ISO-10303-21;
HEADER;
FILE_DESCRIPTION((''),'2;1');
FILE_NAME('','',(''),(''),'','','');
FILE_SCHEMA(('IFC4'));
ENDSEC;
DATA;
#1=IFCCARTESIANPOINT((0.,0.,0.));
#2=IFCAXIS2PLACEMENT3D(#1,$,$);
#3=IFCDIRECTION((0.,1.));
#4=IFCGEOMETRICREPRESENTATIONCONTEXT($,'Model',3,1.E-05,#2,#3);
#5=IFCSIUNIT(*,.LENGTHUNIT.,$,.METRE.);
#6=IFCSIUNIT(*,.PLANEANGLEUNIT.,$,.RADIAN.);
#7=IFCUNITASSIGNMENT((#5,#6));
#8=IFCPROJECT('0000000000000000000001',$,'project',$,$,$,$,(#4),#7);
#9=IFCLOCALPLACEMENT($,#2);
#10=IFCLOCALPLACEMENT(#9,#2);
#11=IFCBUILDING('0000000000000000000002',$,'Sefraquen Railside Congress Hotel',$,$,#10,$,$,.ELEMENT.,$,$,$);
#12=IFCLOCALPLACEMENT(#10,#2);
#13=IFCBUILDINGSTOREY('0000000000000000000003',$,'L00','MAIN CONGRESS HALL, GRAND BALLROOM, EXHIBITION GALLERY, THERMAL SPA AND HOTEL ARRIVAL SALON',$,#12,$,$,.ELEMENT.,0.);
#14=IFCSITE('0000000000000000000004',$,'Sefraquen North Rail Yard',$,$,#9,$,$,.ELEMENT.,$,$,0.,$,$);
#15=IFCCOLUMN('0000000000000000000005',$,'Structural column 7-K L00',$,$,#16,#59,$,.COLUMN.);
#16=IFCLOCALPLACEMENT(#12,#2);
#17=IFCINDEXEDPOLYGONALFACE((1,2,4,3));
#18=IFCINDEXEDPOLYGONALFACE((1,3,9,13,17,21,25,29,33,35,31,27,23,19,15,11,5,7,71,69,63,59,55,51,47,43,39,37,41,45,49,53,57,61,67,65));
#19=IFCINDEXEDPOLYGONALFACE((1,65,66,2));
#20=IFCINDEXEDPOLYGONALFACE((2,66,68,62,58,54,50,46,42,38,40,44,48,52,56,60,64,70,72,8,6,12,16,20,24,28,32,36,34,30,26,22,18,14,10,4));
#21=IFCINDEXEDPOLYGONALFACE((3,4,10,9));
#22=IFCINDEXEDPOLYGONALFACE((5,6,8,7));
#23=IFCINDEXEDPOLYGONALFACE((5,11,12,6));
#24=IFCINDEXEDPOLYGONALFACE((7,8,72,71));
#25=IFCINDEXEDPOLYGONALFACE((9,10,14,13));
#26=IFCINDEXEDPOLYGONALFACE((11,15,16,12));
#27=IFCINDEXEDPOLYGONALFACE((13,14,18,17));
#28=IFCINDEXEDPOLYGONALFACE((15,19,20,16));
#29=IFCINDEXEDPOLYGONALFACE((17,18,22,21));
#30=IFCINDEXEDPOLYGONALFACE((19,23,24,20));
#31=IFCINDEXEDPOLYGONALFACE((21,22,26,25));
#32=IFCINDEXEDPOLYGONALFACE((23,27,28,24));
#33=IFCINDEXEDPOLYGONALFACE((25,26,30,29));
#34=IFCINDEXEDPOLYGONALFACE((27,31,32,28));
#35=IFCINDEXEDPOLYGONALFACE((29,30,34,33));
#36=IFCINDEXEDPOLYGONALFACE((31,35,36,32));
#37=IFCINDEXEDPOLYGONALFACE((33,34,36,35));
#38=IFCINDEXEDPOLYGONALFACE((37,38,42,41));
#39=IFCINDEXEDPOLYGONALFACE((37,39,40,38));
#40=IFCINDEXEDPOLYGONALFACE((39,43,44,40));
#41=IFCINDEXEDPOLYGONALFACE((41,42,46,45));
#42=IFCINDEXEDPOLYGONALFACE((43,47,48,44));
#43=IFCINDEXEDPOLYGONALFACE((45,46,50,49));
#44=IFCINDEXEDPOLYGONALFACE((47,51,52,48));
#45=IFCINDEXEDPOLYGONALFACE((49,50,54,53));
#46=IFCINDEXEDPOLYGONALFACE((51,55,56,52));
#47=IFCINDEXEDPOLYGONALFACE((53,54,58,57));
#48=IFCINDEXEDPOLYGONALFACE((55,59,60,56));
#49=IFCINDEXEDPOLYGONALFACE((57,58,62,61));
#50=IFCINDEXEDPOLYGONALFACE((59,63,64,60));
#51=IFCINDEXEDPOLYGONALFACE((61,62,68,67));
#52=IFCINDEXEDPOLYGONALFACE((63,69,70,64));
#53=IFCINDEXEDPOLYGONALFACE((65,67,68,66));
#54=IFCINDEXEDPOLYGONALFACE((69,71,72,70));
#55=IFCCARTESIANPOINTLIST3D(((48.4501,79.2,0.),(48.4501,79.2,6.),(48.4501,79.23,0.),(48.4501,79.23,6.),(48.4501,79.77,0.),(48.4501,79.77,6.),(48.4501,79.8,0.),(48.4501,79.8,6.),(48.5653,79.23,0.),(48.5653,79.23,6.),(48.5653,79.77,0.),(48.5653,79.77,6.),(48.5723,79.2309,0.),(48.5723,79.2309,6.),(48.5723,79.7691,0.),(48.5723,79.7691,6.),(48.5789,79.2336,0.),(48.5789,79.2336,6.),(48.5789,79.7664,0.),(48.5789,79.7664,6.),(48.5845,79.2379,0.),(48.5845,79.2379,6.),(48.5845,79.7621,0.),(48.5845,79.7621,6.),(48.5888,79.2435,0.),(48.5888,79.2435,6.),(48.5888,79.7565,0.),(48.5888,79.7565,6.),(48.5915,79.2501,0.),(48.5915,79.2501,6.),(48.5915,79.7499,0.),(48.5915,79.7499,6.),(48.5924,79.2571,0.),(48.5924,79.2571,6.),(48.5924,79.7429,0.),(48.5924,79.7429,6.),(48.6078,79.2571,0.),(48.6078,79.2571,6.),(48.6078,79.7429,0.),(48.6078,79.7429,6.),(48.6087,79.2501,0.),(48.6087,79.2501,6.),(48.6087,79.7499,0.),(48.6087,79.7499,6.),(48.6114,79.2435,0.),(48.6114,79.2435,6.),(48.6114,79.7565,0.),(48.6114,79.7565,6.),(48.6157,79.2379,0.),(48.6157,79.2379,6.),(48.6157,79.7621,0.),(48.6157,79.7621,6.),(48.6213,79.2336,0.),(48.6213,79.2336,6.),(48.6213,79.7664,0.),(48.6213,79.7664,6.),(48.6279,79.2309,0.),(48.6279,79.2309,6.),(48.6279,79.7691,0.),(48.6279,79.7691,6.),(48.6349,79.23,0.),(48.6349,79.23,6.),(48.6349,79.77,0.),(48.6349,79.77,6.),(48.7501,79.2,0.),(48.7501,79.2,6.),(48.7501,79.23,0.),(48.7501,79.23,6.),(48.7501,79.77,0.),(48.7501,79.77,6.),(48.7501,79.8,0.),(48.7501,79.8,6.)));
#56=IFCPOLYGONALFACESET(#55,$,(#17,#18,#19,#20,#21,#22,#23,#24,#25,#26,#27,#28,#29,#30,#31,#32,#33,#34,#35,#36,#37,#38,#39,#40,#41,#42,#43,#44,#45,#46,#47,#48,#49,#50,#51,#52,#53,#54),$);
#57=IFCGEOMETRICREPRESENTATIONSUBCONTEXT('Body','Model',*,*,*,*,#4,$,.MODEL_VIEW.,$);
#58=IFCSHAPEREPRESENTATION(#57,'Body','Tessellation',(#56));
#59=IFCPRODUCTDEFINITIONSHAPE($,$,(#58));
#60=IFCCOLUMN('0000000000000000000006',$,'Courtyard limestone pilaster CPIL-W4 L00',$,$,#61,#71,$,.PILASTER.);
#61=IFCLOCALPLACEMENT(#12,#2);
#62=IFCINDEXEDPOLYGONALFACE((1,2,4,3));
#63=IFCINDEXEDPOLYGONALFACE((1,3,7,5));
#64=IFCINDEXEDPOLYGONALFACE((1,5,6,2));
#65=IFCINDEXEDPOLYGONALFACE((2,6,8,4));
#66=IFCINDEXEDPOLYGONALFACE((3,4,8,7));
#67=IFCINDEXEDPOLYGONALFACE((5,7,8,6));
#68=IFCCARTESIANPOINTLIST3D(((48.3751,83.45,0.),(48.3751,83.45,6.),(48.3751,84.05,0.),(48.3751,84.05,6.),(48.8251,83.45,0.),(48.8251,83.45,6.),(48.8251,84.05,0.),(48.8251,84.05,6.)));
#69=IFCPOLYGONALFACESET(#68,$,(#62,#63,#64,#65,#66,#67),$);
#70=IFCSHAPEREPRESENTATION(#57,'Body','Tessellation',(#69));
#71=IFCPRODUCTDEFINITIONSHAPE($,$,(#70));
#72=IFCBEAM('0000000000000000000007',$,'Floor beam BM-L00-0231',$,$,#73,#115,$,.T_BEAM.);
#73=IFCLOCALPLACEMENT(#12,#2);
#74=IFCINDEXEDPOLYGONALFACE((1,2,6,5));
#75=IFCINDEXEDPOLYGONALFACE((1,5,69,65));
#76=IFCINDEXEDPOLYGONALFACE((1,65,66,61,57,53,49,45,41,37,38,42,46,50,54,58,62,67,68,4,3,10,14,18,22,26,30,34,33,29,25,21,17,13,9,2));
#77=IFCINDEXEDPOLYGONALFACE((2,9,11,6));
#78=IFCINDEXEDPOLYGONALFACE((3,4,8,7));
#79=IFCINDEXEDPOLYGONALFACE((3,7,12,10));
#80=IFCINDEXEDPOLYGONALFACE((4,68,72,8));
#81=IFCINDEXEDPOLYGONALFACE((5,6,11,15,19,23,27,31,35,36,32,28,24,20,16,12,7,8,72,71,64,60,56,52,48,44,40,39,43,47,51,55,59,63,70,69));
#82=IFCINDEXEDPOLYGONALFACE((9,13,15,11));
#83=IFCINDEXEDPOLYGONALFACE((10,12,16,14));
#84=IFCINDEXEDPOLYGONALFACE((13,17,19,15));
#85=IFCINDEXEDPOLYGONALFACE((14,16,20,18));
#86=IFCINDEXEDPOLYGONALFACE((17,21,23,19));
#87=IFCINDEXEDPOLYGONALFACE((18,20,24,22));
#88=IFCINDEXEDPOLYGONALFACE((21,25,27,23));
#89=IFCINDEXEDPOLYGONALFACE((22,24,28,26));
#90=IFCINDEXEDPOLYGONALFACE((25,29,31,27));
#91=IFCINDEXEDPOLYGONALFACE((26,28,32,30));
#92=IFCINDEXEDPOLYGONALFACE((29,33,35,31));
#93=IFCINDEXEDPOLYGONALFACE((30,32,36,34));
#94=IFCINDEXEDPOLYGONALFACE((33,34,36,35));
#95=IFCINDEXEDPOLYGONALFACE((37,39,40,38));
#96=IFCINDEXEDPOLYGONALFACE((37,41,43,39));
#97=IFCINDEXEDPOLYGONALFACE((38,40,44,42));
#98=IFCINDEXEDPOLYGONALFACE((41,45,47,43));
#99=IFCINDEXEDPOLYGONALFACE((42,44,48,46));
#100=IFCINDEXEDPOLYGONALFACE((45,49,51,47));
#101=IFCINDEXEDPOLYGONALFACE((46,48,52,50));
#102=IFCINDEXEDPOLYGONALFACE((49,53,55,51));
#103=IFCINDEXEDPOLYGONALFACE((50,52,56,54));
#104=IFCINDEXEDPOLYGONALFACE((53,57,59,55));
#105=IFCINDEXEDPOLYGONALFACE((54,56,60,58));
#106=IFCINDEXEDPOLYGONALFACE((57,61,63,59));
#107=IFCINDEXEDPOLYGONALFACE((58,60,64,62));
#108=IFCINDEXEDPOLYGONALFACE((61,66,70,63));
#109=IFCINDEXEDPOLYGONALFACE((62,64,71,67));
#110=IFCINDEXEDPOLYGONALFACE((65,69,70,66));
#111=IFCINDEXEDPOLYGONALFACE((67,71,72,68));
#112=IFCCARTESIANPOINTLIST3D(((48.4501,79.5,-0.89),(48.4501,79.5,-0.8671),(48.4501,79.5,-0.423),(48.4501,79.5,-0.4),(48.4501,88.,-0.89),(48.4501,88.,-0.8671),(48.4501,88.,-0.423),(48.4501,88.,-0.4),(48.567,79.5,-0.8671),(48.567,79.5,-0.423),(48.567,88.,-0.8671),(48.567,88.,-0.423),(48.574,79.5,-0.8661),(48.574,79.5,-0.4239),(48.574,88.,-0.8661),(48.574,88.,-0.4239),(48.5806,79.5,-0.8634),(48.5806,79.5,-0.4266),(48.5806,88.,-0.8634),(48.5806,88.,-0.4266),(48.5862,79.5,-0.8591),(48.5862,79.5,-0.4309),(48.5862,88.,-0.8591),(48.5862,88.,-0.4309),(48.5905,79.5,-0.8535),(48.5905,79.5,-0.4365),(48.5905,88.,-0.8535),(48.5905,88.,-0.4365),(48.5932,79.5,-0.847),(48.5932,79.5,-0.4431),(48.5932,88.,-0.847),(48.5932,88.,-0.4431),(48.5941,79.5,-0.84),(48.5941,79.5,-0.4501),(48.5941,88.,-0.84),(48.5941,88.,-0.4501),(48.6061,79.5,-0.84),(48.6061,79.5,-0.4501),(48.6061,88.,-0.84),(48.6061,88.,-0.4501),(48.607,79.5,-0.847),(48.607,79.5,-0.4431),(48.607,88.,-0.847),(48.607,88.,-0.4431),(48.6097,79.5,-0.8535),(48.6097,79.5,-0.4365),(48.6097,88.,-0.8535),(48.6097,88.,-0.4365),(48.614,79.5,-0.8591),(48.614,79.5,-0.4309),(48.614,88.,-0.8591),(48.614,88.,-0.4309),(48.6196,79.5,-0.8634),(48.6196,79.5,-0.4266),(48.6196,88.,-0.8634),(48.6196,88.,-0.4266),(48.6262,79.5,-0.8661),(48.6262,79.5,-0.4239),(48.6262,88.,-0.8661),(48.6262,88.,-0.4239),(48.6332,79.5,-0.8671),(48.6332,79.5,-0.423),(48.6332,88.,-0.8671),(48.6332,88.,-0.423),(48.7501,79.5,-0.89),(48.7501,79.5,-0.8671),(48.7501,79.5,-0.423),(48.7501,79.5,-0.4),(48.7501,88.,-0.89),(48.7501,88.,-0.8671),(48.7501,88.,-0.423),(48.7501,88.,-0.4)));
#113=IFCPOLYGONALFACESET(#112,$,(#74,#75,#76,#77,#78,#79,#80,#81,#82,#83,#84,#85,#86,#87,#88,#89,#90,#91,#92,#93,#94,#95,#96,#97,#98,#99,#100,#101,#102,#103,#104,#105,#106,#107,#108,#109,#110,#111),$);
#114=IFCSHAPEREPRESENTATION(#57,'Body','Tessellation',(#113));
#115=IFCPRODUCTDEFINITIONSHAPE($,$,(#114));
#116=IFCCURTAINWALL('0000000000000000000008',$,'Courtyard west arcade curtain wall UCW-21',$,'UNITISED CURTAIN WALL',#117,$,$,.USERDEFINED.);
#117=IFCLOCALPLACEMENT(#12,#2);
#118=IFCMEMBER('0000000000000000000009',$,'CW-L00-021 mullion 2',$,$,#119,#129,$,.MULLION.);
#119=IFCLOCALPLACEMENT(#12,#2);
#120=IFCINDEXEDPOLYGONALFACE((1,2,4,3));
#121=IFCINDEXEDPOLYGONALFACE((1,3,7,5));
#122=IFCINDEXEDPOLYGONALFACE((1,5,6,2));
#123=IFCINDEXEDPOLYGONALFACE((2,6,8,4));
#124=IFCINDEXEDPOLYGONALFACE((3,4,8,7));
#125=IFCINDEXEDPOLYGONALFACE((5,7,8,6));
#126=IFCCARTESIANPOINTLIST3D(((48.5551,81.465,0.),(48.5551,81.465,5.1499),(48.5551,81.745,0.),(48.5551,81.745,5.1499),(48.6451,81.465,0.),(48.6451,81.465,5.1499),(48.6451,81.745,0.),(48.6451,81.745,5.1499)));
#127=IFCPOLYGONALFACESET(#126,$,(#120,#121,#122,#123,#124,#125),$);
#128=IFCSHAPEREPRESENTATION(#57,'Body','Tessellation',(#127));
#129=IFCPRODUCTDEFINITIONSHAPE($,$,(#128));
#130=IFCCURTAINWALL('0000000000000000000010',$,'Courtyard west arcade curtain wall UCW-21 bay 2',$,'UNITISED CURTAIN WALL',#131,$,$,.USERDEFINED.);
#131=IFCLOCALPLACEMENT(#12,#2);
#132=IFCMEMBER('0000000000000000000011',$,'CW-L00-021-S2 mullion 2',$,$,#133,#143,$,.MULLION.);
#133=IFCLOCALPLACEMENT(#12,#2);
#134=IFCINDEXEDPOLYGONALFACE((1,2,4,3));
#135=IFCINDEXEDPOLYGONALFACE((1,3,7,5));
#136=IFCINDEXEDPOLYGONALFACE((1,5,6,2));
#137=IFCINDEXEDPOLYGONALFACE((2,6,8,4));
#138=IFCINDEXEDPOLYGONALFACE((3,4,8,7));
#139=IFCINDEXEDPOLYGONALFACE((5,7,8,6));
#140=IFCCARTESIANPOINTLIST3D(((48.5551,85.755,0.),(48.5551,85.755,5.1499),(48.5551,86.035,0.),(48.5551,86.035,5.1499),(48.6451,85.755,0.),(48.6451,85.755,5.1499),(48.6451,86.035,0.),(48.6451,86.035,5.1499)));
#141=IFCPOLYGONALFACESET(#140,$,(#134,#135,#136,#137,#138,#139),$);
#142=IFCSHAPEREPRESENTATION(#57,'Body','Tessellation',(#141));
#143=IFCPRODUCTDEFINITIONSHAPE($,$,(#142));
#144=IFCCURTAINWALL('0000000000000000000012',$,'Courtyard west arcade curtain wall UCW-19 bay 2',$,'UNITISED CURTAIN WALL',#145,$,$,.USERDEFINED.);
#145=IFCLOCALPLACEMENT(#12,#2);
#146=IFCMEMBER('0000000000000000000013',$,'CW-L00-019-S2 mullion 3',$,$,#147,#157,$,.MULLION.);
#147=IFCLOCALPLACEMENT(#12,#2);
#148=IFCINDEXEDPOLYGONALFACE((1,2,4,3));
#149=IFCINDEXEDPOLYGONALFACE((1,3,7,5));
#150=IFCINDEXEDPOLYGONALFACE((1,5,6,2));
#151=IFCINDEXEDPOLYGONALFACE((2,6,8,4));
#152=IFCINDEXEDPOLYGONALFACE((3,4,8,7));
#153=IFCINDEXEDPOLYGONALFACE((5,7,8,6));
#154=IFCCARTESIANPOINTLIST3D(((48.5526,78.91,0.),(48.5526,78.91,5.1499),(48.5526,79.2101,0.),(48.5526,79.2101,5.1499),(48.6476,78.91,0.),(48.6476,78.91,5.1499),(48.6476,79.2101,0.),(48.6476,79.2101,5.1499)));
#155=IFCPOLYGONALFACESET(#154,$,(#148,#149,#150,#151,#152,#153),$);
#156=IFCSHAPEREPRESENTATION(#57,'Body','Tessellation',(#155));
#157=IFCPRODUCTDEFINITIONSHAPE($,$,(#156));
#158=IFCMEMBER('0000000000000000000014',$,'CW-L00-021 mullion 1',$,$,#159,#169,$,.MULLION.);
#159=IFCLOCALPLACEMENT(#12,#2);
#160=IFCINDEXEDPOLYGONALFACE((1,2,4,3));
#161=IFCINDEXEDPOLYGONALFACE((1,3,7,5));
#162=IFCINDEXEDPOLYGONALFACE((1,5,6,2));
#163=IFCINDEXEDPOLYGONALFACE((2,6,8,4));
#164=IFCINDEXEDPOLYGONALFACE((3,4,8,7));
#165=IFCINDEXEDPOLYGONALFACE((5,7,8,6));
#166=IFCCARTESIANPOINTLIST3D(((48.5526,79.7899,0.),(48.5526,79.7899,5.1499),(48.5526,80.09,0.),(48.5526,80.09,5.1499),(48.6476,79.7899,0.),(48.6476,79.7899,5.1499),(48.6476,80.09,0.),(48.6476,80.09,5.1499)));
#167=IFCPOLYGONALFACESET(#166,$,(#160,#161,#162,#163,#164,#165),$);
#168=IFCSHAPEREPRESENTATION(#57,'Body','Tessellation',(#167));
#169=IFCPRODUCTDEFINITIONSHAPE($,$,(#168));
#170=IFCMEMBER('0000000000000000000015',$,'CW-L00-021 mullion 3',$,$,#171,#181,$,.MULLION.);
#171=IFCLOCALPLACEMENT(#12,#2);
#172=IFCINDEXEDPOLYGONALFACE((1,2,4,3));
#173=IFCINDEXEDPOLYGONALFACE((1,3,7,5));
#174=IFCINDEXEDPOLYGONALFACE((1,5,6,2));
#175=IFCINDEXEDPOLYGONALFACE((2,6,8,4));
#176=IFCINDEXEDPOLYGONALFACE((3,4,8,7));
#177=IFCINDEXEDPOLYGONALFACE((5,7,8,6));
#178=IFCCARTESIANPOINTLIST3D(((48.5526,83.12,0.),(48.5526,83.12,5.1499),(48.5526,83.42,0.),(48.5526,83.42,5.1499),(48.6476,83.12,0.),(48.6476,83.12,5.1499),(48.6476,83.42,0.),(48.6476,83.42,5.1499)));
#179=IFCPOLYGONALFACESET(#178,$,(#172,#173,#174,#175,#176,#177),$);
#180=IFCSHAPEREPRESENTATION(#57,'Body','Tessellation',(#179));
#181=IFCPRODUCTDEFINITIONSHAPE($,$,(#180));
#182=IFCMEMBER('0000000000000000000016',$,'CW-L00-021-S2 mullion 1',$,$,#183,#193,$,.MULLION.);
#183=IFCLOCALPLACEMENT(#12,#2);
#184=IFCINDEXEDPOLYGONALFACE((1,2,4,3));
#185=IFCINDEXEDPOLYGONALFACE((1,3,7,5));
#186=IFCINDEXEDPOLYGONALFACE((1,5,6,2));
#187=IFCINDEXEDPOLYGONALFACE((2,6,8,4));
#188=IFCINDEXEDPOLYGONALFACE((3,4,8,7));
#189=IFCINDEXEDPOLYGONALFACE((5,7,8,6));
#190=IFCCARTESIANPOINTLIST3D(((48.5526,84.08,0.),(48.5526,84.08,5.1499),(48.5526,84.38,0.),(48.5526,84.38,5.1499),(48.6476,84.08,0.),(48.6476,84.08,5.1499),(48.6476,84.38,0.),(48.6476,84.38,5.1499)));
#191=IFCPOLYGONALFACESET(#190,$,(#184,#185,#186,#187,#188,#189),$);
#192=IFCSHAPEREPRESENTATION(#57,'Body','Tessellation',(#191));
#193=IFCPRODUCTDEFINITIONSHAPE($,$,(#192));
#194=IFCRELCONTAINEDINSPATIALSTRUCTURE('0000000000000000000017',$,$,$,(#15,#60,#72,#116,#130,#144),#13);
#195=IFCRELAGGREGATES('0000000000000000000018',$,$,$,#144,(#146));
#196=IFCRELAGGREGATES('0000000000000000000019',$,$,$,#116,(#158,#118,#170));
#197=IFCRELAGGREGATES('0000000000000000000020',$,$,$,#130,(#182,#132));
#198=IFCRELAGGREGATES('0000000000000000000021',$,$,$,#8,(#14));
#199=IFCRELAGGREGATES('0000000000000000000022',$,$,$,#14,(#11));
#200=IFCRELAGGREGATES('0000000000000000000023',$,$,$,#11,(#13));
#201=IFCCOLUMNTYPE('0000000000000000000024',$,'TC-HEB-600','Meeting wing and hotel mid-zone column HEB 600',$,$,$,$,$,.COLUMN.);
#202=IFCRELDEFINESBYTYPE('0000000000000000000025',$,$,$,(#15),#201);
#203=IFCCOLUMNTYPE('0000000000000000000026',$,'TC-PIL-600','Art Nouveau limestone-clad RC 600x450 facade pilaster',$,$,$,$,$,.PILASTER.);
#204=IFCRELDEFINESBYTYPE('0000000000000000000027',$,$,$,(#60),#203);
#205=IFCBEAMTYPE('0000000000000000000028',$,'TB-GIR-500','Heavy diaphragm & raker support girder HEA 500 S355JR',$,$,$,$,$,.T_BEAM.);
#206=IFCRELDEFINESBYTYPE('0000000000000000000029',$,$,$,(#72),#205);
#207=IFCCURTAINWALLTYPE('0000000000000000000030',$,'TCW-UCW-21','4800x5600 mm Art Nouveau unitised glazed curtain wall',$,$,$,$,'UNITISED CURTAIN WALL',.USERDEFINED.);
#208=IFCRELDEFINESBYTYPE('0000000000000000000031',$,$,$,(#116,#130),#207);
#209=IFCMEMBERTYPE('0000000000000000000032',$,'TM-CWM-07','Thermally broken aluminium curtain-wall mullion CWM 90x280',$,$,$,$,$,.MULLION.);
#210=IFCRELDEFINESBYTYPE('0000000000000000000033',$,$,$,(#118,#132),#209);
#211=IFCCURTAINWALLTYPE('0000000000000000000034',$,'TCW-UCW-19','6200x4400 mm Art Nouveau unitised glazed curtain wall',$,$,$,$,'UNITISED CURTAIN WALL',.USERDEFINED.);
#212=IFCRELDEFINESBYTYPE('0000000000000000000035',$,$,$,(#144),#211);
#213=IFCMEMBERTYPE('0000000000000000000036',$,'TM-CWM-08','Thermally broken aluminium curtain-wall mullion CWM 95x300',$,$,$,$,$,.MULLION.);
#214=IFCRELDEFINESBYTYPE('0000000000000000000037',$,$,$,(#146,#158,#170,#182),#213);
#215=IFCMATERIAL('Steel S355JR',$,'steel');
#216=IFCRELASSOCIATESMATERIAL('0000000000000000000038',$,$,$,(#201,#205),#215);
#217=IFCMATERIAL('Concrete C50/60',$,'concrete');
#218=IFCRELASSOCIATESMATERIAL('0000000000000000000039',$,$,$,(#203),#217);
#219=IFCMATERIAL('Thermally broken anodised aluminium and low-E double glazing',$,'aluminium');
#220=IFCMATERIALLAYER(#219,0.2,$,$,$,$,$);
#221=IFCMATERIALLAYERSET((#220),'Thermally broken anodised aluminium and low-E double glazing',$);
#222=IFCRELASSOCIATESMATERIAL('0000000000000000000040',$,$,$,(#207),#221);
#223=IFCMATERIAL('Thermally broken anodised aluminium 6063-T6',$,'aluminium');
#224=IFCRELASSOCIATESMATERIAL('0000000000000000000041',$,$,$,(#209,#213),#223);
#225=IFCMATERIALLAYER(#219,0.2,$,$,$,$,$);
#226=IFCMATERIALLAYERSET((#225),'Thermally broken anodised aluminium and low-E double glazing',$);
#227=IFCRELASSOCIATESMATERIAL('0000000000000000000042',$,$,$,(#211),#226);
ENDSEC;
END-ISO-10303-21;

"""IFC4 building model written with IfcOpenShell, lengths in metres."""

from ifc_helpers import new_model, si_unit, direction, frame, origin, origin_2d, place, context, subcontext, project, spatial, rectangle, i_section, extrude, material, layer, layer_set, material_profile, profile_set, type_object, element, aggregate, save


model = new_model("IFC4")

# Units and contexts
model_context = context("Model", 3, precision=1e-05, world=origin(), true_north=direction((0.0, 1.0)))
body_context = subcontext(model_context, "Body", "Model", "MODEL_VIEW")
ifc_project = project(units=[si_unit("LENGTHUNIT", "METRE"), si_unit("PLANEANGLEUNIT", "RADIAN")], contexts=[model_context])

# Site, building, storey
site_placement = place(None, origin())
site = spatial("IfcSite", under=ifc_project, at=site_placement, Name="Sefraquen North Rail Yard", CompositionType="ELEMENT", RefElevation=0.0)
building_placement = place(site_placement, origin())
building = spatial("IfcBuilding", under=site, at=building_placement, Name="Sefraquen Railside Congress Hotel", CompositionType="ELEMENT")
storey_placement = place(building_placement, origin())
storey = spatial("IfcBuildingStorey", under=building, at=storey_placement, Name="L00", Description="MAIN CONGRESS HALL, GRAND BALLROOM, EXHIBITION GALLERY, THERMAL SPA AND HOTEL ARRIVAL SALON", CompositionType="ELEMENT", Elevation=0.0)

# Columns
ifc_material_1 = material(Name="Steel S355JR", Category="steel")
ifc_material_profile_1 = material_profile(ifc_material_1, i_section(OverallWidth=0.3, OverallDepth=0.6001, WebThickness=0.0154, FlangeThickness=0.03, FilletRadius=0.0271, at=origin_2d()), Name="HEB 600")
ifc_profile_set_1 = profile_set([ifc_material_profile_1], Name="Steel S355JR")
column_type_1 = type_object("IfcColumnType", Name="TC-HEB-600", Description="Meeting wing and hotel mid-zone column HEB 600", PredefinedType="COLUMN", material=ifc_profile_set_1)
column_1_placement = place(storey_placement, frame((48.6001, 79.5, 0.0), z_axis=(0.0, 0.0, 1.0), x_axis=(1.0, 0.0, 0.0)))
element("IfcColumn", 1, at=column_1_placement, inside=storey, type_object=column_type_1, Name="Structural column 7-K L00", PredefinedType="COLUMN", context=body_context, shape_type="SweptSolid", body=[
    extrude(i_section(OverallWidth=0.3, OverallDepth=0.6001, WebThickness=0.0154, FlangeThickness=0.03, FilletRadius=0.0271, at=origin_2d()), origin(), (0.0, 0.0, 1.0), 6.0),
])
ifc_material_2 = material(Name="Concrete C50/60", Category="concrete")
ifc_material_profile_2 = material_profile(ifc_material_2, rectangle(XDim=0.45, YDim=0.6001, at=origin_2d()), Name="RC 600x450")
ifc_profile_set_2 = profile_set([ifc_material_profile_2], Name="Concrete C50/60")
column_type_2 = type_object("IfcColumnType", Name="TC-PIL-600", Description="Art Nouveau limestone-clad RC 600x450 facade pilaster", PredefinedType="PILASTER", material=ifc_profile_set_2)
column_2_placement = place(storey_placement, frame((48.6001, 83.75, 0.0), z_axis=(0.0, 0.0, 1.0), x_axis=(1.0, 0.0, 0.0)))
element("IfcColumn", 2, at=column_2_placement, inside=storey, type_object=column_type_2, Name="Courtyard limestone pilaster CPIL-W4 L00", PredefinedType="PILASTER", context=body_context, shape_type="SweptSolid", body=[
    extrude(rectangle(XDim=0.45, YDim=0.6001, at=origin_2d()), origin(), (0.0, 0.0, 1.0), 6.0),
])

# Beam
ifc_material_profile_3 = material_profile(ifc_material_1, i_section(OverallWidth=0.3, OverallDepth=0.49, WebThickness=0.012, FlangeThickness=0.0229, FilletRadius=0.0271, at=origin_2d()), Name="HEA 500")
ifc_profile_set_3 = profile_set([ifc_material_profile_3], Name="Steel S355JR")
beam_type = type_object("IfcBeamType", Name="TB-GIR-500", Description="Heavy diaphragm & raker support girder HEA 500 S355JR", PredefinedType="T_BEAM", material=ifc_profile_set_3)
beam_placement = place(storey_placement, frame((48.6001, 79.5, -0.645), z_axis=(0.0, 1.0, 0.0), x_axis=(-1.0, 0.0, 0.0)))
element("IfcBeam", 3, at=beam_placement, inside=storey, type_object=beam_type, Name="Floor beam BM-L00-0231", PredefinedType="T_BEAM", context=body_context, shape_type="SweptSolid", body=[
    extrude(i_section(OverallWidth=0.3, OverallDepth=0.49, WebThickness=0.012, FlangeThickness=0.0229, FilletRadius=0.0271, at=origin_2d()), origin(), (0.0, 0.0, 1.0), 8.5),
])

# Curtain walls, members
ifc_material_3 = material(Name="Thermally broken anodised aluminium and low-E double glazing", Category="aluminium")
ifc_layer_1 = layer(ifc_material_3, 0.2)
ifc_layer_set_1 = layer_set([ifc_layer_1], Name="Thermally broken anodised aluminium and low-E double glazing")
curtain_wall_type_1 = type_object("IfcCurtainWallType", Name="TCW-UCW-21", Description="4800x5600 mm Art Nouveau unitised glazed curtain wall", ElementType="UNITISED CURTAIN WALL", PredefinedType="USERDEFINED", material=ifc_layer_set_1)
curtain_wall_1_placement = place(storey_placement, origin())
curtain_wall_1 = element("IfcCurtainWall", 4, at=curtain_wall_1_placement, inside=storey, type_object=curtain_wall_type_1, Name="Courtyard west arcade curtain wall UCW-21", ObjectType="UNITISED CURTAIN WALL", PredefinedType="USERDEFINED")
ifc_material_4 = material(Name="Thermally broken anodised aluminium 6063-T6", Category="aluminium")
ifc_material_profile_4 = material_profile(ifc_material_4, rectangle(XDim=0.0901, YDim=0.28, at=origin_2d()), Name="CWM 90x280")
ifc_profile_set_4 = profile_set([ifc_material_profile_4], Name="Thermally broken anodised aluminium 6063-T6")
member_type_1 = type_object("IfcMemberType", Name="TM-CWM-07", Description="Thermally broken aluminium curtain-wall mullion CWM 90x280", PredefinedType="MULLION", material=ifc_profile_set_4)
member_1_placement = place(storey_placement, frame((48.6001, 81.605, 0.0), z_axis=(0.0, 0.0, 1.0), x_axis=(1.0, 0.0, 0.0)))
member_1 = element("IfcMember", 5, at=member_1_placement, type_object=member_type_1, Name="CW-L00-021 mullion 2", PredefinedType="MULLION", context=body_context, shape_type="SweptSolid", body=[
    extrude(rectangle(XDim=0.0901, YDim=0.28, at=origin_2d()), origin(), (0.0, 0.0, 1.0), 5.1499),
])
curtain_wall_2_placement = place(storey_placement, origin())
curtain_wall_2 = element("IfcCurtainWall", 6, at=curtain_wall_2_placement, inside=storey, type_object=curtain_wall_type_1, Name="Courtyard west arcade curtain wall UCW-21 bay 2", ObjectType="UNITISED CURTAIN WALL", PredefinedType="USERDEFINED")
member_2_placement = place(storey_placement, frame((48.6001, 85.895, 0.0), z_axis=(0.0, 0.0, 1.0), x_axis=(1.0, 0.0, 0.0)))
member_2 = element("IfcMember", 7, at=member_2_placement, type_object=member_type_1, Name="CW-L00-021-S2 mullion 2", PredefinedType="MULLION", context=body_context, shape_type="SweptSolid", body=[
    extrude(rectangle(XDim=0.0901, YDim=0.28, at=origin_2d()), origin(), (0.0, 0.0, 1.0), 5.1499),
])
ifc_layer_2 = layer(ifc_material_3, 0.2)
ifc_layer_set_2 = layer_set([ifc_layer_2], Name="Thermally broken anodised aluminium and low-E double glazing")
curtain_wall_type_2 = type_object("IfcCurtainWallType", Name="TCW-UCW-19", Description="6200x4400 mm Art Nouveau unitised glazed curtain wall", ElementType="UNITISED CURTAIN WALL", PredefinedType="USERDEFINED", material=ifc_layer_set_2)
curtain_wall_3_placement = place(storey_placement, origin())
curtain_wall_3 = element("IfcCurtainWall", 8, at=curtain_wall_3_placement, inside=storey, type_object=curtain_wall_type_2, Name="Courtyard west arcade curtain wall UCW-19 bay 2", ObjectType="UNITISED CURTAIN WALL", PredefinedType="USERDEFINED")
ifc_material_profile_5 = material_profile(ifc_material_4, rectangle(XDim=0.095, YDim=0.3, at=origin_2d()), Name="CWM 95x300")
ifc_profile_set_5 = profile_set([ifc_material_profile_5], Name="Thermally broken anodised aluminium 6063-T6")
member_type_2 = type_object("IfcMemberType", Name="TM-CWM-08", Description="Thermally broken aluminium curtain-wall mullion CWM 95x300", PredefinedType="MULLION", material=ifc_profile_set_5)
member_3_placement = place(storey_placement, frame((48.6001, 79.0601, 0.0), z_axis=(0.0, 0.0, 1.0), x_axis=(1.0, 0.0, 0.0)))
member_3 = element("IfcMember", 9, at=member_3_placement, type_object=member_type_2, Name="CW-L00-019-S2 mullion 3", PredefinedType="MULLION", context=body_context, shape_type="SweptSolid", body=[
    extrude(rectangle(XDim=0.095, YDim=0.3, at=origin_2d()), origin(), (0.0, 0.0, 1.0), 5.1499),
])

# Members
member_4_placement = place(storey_placement, frame((48.6001, 79.9399, 0.0), z_axis=(0.0, 0.0, 1.0), x_axis=(1.0, 0.0, 0.0)))
member_4 = element("IfcMember", 10, at=member_4_placement, type_object=member_type_2, Name="CW-L00-021 mullion 1", PredefinedType="MULLION", context=body_context, shape_type="SweptSolid", body=[
    extrude(rectangle(XDim=0.095, YDim=0.3, at=origin_2d()), origin(), (0.0, 0.0, 1.0), 5.1499),
])
member_5_placement = place(storey_placement, frame((48.6001, 83.27, 0.0), z_axis=(0.0, 0.0, 1.0), x_axis=(1.0, 0.0, 0.0)))
member_5 = element("IfcMember", 11, at=member_5_placement, type_object=member_type_2, Name="CW-L00-021 mullion 3", PredefinedType="MULLION", context=body_context, shape_type="SweptSolid", body=[
    extrude(rectangle(XDim=0.095, YDim=0.3, at=origin_2d()), origin(), (0.0, 0.0, 1.0), 5.1499),
])
member_6_placement = place(storey_placement, frame((48.6001, 84.23, 0.0), z_axis=(0.0, 0.0, 1.0), x_axis=(1.0, 0.0, 0.0)))
member_6 = element("IfcMember", 12, at=member_6_placement, type_object=member_type_2, Name="CW-L00-021-S2 mullion 1", PredefinedType="MULLION", context=body_context, shape_type="SweptSolid", body=[
    extrude(rectangle(XDim=0.095, YDim=0.3, at=origin_2d()), origin(), (0.0, 0.0, 1.0), 5.1499),
])

aggregate(curtain_wall_3, [member_3])
aggregate(curtain_wall_1, [member_4, member_1, member_5])
aggregate(curtain_wall_2, [member_6, member_2])

save(model, "model.ifc")
